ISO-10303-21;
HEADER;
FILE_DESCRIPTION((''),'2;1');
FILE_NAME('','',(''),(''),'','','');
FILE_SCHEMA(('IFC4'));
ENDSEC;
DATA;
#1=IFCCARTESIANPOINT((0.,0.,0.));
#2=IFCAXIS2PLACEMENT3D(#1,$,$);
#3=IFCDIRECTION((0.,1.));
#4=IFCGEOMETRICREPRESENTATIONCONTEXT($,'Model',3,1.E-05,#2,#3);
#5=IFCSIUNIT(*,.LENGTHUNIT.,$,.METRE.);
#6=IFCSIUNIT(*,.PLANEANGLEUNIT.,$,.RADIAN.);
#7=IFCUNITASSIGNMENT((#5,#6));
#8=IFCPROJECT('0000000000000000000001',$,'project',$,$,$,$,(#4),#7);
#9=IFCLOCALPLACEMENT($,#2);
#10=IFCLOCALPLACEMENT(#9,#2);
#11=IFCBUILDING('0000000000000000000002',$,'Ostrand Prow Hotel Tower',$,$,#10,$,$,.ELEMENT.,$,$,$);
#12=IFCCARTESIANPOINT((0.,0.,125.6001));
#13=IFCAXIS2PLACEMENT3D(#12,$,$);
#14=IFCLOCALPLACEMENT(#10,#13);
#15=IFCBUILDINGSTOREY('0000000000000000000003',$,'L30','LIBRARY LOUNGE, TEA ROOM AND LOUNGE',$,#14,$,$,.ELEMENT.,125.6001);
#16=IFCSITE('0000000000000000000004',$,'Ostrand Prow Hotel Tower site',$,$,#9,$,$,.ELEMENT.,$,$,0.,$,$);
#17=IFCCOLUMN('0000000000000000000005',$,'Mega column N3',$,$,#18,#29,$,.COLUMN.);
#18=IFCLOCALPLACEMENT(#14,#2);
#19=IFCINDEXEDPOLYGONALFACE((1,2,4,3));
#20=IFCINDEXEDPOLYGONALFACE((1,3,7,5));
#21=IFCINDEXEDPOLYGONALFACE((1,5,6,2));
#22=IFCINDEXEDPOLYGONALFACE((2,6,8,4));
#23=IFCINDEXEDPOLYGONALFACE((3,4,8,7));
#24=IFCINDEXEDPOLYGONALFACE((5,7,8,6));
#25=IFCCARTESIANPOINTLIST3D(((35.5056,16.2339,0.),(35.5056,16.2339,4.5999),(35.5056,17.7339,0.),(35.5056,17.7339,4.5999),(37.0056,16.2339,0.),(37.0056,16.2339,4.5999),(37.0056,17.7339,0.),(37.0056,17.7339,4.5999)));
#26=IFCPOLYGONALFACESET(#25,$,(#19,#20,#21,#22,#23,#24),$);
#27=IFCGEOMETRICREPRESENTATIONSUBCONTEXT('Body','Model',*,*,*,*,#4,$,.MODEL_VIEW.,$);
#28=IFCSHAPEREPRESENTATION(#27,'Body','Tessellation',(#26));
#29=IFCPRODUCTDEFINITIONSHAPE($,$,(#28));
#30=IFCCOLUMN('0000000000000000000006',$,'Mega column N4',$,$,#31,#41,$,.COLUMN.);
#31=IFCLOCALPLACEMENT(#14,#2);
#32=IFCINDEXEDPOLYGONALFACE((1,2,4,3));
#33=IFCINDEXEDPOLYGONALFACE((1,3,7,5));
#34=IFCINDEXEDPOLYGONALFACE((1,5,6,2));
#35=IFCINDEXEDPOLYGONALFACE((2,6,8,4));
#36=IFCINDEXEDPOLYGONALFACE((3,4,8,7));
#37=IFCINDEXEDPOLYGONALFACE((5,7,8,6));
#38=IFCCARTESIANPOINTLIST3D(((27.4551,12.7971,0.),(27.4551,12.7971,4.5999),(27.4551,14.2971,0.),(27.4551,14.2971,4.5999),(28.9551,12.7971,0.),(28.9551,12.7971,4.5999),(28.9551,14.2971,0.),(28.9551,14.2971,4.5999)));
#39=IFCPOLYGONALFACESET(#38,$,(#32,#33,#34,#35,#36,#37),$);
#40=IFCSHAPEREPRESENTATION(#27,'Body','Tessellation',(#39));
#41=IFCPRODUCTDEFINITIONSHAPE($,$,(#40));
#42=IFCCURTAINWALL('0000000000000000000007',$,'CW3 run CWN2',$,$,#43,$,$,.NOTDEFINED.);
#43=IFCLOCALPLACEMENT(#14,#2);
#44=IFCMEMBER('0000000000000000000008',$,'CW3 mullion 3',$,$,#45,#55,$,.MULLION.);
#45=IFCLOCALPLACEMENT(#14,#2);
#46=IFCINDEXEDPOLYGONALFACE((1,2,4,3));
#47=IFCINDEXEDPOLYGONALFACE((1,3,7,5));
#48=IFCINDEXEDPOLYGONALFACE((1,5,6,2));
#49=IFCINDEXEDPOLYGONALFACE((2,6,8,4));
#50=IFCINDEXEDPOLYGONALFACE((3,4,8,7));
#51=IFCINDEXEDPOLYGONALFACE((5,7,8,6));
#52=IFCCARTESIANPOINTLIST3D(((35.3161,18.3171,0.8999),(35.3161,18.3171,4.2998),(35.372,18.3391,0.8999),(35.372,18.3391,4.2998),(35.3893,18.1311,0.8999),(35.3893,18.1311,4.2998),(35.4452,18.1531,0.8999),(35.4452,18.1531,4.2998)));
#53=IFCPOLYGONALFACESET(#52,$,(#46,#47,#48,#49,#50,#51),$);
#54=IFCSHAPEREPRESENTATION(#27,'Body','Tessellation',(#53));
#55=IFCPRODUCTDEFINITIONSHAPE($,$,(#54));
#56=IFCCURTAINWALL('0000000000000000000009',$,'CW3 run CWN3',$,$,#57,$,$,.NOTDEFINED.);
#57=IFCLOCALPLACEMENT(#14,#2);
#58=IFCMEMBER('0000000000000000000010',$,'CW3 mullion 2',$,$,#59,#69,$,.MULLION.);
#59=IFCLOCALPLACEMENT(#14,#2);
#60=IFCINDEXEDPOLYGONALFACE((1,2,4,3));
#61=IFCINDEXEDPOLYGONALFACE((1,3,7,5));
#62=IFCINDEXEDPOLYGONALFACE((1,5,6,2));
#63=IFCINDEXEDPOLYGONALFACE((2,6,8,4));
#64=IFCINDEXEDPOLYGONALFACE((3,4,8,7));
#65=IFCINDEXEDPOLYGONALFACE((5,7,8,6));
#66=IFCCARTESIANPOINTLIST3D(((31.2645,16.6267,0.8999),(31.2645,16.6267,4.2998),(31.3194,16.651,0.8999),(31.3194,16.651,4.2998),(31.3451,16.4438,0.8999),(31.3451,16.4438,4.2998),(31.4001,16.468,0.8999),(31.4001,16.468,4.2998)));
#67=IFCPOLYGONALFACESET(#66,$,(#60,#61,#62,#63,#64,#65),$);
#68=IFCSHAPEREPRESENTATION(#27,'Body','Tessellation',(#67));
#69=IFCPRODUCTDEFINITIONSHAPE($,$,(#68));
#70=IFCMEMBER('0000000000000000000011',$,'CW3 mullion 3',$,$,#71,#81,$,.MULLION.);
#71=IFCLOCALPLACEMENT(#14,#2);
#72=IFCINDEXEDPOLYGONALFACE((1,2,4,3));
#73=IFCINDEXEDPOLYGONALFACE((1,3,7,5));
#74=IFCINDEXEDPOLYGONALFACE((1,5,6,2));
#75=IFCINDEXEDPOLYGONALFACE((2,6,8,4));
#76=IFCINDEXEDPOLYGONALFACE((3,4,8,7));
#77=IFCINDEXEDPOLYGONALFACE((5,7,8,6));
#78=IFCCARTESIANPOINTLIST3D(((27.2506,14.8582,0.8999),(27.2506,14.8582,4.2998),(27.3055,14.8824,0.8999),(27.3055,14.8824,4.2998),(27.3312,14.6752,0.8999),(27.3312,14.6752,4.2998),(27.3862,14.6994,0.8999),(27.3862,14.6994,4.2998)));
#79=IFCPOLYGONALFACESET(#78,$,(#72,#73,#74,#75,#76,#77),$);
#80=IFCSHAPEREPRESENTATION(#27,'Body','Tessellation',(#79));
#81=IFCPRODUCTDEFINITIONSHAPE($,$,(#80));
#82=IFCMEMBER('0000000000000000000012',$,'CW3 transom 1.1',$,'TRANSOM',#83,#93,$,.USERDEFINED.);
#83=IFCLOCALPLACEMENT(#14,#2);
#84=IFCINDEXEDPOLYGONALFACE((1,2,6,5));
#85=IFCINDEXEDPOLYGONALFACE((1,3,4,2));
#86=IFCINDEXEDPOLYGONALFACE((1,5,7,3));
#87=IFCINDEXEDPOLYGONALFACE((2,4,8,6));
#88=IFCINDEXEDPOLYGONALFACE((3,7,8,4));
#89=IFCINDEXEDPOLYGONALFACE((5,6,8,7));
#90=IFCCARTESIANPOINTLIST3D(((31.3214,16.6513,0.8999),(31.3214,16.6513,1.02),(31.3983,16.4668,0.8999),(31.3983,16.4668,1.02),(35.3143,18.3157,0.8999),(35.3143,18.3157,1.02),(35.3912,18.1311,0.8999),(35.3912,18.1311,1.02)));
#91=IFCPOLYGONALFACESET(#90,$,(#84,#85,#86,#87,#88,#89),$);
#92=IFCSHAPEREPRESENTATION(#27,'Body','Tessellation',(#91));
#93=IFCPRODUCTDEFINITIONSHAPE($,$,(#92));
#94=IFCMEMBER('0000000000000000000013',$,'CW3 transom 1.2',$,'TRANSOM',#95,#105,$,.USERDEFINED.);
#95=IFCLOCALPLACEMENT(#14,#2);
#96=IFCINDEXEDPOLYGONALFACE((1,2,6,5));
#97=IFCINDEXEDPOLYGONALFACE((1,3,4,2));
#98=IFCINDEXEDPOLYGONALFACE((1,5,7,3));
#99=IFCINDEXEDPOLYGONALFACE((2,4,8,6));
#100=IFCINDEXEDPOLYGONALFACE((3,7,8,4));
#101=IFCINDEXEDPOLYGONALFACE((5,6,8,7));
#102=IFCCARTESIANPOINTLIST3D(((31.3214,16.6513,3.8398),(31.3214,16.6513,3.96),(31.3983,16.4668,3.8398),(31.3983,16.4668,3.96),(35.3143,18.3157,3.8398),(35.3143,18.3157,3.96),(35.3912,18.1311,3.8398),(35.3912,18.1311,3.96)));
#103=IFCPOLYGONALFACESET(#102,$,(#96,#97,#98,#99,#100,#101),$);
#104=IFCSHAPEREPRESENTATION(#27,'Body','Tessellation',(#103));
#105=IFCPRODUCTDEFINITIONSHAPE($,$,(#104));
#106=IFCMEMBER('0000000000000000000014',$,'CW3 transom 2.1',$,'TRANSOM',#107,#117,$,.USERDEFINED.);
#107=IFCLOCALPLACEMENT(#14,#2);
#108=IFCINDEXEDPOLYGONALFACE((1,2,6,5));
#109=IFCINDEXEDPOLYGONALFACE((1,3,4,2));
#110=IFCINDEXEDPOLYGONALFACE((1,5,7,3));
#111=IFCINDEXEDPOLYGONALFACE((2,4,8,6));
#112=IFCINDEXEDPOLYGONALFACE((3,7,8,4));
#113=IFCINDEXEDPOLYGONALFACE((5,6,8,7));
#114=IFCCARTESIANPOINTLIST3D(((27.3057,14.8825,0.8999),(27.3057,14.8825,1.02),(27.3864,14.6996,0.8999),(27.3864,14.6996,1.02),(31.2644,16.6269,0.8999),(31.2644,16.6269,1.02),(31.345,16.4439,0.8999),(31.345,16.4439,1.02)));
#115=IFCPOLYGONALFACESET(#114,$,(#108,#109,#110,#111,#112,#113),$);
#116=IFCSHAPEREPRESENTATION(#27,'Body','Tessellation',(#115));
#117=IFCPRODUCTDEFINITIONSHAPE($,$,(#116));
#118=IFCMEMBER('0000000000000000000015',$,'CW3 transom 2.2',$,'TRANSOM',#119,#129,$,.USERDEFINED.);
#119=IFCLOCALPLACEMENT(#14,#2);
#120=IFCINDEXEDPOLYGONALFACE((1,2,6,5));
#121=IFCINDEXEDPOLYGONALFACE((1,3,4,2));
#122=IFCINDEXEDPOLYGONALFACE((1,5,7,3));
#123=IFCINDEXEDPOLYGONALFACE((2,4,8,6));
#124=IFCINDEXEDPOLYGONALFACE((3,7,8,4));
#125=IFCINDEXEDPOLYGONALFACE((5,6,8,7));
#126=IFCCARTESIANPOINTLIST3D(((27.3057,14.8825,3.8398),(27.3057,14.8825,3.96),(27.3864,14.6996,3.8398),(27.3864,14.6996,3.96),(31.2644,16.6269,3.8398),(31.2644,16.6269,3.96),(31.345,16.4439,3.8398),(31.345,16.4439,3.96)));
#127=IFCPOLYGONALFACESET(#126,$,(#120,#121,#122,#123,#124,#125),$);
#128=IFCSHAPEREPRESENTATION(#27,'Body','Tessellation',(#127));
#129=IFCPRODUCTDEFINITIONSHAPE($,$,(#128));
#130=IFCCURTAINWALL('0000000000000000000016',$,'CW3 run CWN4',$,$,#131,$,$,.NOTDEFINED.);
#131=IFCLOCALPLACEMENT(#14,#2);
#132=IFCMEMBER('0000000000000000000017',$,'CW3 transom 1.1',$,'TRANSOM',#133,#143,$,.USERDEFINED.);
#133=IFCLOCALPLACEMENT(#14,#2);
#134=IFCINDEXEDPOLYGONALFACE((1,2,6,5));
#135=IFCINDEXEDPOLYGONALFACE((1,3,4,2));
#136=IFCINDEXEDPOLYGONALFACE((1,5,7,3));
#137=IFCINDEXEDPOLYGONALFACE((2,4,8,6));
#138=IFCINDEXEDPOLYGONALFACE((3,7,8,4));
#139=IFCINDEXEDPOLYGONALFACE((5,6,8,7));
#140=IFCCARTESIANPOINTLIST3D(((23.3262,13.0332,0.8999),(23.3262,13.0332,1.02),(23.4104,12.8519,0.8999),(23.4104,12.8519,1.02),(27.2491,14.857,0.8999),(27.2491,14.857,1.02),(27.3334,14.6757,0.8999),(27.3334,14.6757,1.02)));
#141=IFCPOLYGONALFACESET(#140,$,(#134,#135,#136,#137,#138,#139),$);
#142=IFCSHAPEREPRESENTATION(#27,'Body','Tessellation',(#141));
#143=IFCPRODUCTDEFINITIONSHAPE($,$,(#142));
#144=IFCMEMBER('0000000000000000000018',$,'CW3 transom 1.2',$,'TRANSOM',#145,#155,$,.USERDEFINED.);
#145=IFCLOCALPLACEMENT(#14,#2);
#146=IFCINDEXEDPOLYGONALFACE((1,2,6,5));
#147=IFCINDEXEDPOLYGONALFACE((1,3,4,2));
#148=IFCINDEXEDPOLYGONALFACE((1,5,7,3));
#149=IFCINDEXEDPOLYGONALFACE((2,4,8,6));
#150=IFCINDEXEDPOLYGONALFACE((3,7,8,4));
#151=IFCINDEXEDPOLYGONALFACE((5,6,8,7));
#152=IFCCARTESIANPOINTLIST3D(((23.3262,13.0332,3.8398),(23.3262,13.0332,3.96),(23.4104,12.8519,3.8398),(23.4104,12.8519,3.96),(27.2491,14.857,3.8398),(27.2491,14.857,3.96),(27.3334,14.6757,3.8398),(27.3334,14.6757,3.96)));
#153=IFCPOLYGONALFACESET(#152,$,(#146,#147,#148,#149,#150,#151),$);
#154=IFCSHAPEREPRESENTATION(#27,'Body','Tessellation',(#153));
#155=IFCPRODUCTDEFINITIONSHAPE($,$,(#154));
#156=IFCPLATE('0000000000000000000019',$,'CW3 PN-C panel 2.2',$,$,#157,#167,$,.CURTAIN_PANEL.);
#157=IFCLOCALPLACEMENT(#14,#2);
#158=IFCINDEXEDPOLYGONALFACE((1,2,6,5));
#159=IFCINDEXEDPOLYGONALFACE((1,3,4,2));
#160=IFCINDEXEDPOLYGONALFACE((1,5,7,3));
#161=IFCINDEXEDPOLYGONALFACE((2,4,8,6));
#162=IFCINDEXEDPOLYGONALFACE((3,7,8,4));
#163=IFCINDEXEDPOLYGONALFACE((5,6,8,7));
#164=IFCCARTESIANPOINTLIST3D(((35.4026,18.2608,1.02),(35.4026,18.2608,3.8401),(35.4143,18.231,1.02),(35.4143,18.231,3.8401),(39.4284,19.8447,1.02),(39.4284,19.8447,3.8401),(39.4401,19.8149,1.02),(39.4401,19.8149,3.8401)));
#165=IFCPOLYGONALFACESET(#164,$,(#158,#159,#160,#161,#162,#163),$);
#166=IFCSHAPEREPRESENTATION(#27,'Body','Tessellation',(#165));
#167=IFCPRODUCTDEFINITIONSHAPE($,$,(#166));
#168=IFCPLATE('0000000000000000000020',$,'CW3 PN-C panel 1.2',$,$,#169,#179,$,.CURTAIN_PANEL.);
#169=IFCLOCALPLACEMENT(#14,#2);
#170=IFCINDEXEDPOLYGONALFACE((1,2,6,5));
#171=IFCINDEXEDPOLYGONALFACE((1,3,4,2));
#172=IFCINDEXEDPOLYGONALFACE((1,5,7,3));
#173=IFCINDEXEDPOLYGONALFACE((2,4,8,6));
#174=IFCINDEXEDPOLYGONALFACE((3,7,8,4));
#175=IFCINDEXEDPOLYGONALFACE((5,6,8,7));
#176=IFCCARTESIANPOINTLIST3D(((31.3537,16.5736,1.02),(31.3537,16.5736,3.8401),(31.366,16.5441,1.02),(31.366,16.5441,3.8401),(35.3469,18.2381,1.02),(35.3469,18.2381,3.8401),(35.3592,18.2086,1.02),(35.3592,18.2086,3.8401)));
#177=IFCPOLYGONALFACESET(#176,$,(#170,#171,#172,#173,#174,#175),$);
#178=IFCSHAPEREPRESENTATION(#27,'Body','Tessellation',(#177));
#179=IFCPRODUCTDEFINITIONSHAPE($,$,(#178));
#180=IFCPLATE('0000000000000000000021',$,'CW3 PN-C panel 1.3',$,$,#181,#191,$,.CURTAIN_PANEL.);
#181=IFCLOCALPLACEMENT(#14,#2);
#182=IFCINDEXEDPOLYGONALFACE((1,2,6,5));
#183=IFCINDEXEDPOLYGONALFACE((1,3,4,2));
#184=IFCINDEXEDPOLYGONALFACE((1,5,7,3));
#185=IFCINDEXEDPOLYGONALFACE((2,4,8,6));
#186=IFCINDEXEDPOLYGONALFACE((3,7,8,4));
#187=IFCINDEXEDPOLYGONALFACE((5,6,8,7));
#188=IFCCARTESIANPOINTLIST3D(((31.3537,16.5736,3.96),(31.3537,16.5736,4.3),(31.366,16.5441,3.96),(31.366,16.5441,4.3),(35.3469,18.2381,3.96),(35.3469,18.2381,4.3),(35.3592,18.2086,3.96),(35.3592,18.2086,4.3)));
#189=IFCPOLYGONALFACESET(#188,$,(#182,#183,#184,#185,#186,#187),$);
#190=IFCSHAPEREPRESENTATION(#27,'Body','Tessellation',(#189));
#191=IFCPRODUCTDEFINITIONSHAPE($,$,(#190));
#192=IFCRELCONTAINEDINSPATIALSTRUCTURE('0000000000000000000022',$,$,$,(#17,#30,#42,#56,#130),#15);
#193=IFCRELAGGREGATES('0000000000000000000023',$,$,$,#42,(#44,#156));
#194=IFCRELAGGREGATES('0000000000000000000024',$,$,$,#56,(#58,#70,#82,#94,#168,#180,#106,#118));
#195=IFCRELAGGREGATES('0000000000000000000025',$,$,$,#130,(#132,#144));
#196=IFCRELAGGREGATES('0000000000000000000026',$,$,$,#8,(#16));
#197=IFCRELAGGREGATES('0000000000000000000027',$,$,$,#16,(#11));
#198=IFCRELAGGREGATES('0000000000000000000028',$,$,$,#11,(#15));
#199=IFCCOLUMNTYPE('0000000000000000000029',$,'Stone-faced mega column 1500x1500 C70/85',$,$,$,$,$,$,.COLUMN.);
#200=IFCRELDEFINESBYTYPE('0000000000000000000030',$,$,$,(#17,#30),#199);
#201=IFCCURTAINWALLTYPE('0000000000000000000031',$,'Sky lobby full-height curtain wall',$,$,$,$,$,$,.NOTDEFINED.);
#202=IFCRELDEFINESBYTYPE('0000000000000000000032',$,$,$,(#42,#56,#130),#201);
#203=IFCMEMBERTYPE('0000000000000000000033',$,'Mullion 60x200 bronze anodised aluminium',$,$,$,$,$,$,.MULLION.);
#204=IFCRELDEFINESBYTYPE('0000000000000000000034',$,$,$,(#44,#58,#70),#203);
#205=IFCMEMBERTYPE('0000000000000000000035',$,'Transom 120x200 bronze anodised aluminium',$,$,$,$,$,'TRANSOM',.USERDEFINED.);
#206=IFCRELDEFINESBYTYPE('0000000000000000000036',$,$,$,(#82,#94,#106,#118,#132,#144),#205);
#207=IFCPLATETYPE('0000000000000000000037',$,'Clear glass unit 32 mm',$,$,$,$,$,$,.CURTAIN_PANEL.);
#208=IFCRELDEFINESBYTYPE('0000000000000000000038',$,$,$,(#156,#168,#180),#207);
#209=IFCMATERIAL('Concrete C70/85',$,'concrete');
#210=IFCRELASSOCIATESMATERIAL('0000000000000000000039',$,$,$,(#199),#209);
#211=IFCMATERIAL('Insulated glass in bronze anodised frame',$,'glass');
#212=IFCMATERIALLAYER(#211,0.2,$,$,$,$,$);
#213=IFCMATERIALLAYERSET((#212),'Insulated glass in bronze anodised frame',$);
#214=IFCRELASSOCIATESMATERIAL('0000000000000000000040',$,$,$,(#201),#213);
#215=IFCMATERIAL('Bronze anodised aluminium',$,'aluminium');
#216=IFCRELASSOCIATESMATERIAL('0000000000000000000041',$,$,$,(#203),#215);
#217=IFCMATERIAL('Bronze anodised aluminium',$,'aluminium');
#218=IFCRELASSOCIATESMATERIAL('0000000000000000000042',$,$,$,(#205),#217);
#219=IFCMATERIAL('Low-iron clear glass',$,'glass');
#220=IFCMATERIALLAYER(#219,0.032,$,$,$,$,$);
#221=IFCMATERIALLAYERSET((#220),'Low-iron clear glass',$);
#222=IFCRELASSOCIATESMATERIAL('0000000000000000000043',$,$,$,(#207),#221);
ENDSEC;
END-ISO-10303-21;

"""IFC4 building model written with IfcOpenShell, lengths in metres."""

from ifc_helpers import new_model, si_unit, direction, frame, origin, origin_2d, place, context, subcontext, project, spatial, rectangle, extrude, material, layer, layer_set, material_profile, profile_set, type_object, element, aggregate, save


model = new_model("IFC4")

# Units and contexts
model_context = context("Model", 3, precision=1e-05, world=origin(), true_north=direction((0.0, 1.0)))
body_context = subcontext(model_context, "Body", "Model", "MODEL_VIEW")
ifc_project = project(units=[si_unit("LENGTHUNIT", "METRE"), si_unit("PLANEANGLEUNIT", "RADIAN")], contexts=[model_context])

# Site, building, storey
site_placement = place(None, origin())
site = spatial("IfcSite", under=ifc_project, at=site_placement, Name="Ostrand Prow Hotel Tower site", CompositionType="ELEMENT", RefElevation=0.0)
building_placement = place(site_placement, origin())
building = spatial("IfcBuilding", under=site, at=building_placement, Name="Ostrand Prow Hotel Tower", CompositionType="ELEMENT")
storey_placement = place(building_placement, frame((0.0, 0.0, 125.6001)))
storey = spatial("IfcBuildingStorey", under=building, at=storey_placement, Name="L30", Description="LIBRARY LOUNGE, TEA ROOM AND LOUNGE", CompositionType="ELEMENT", Elevation=125.6001)

# Columns
ifc_material_1 = material(Name="Concrete C70/85", Category="concrete")
ifc_material_profile_1 = material_profile(ifc_material_1, rectangle(XDim=1.5, YDim=1.5, at=origin_2d()), Name="RC 1500x1500")
ifc_profile_set_1 = profile_set([ifc_material_profile_1], Name="Concrete C70/85")
column_type = type_object("IfcColumnType", Name="Stone-faced mega column 1500x1500 C70/85", PredefinedType="COLUMN", material=ifc_profile_set_1)
for number, where, z_axis, x_axis, name in (
    (1, (36.2556, 16.9839, 0.0), (0.0, 0.0, 1.0), (1.0, 0.0, 0.0), "Mega column N3"),
    (2, (28.2051, 13.5471, 0.0), (0.0, 0.0, 1.0), (1.0, 0.0, 0.0), "Mega column N4"),
):
    element("IfcColumn", number, at=place(storey_placement, frame(where, z_axis=z_axis, x_axis=x_axis)), inside=storey, type_object=column_type, Name=name, PredefinedType="COLUMN", context=body_context, shape_type="SweptSolid", body=[
        extrude(rectangle(XDim=1.5, YDim=1.5, at=origin_2d()), origin(), (0.0, 0.0, 1.0), 4.5999),
    ])

# Curtain wall, member
ifc_material_2 = material(Name="Insulated glass in bronze anodised frame", Category="glass")
ifc_layer_1 = layer(ifc_material_2, 0.2)
ifc_layer_set_1 = layer_set([ifc_layer_1], Name="Insulated glass in bronze anodised frame")
curtain_wall_type = type_object("IfcCurtainWallType", Name="Sky lobby full-height curtain wall", PredefinedType="NOTDEFINED", material=ifc_layer_set_1)
curtain_wall_1_placement = place(storey_placement, origin())
curtain_wall_1 = element("IfcCurtainWall", 3, at=curtain_wall_1_placement, inside=storey, type_object=curtain_wall_type, Name="CW3 run CWN2", PredefinedType="NOTDEFINED")
ifc_material_3 = material(Name="Bronze anodised aluminium", Category="aluminium")
ifc_material_profile_2 = material_profile(ifc_material_3, rectangle(XDim=0.2, YDim=0.0601, at=origin_2d()), Name="Mullion 60x200 bronze anodised aluminium")
ifc_profile_set_2 = profile_set([ifc_material_profile_2], Name="Bronze anodised aluminium")
member_type_1 = type_object("IfcMemberType", Name="Mullion 60x200 bronze anodised aluminium", PredefinedType="MULLION", material=ifc_profile_set_2)
member_1_placement = place(storey_placement, frame((35.3806, 18.2351, 0.8999), z_axis=(0.0, 0.0, 1.0), x_axis=(0.366116, -0.930569, 0.0)))
member_1 = element("IfcMember", 4, at=member_1_placement, type_object=member_type_1, Name="CW3 mullion 3", PredefinedType="MULLION", context=body_context, shape_type="SweptSolid", body=[
    extrude(rectangle(XDim=0.2, YDim=0.0601, at=origin_2d()), origin(), (0.0, 0.0, 1.0), 3.3999),
])

# Curtain walls, members
curtain_wall_2_placement = place(storey_placement, origin())
curtain_wall_2 = element("IfcCurtainWall", 5, at=curtain_wall_2_placement, inside=storey, type_object=curtain_wall_type, Name="CW3 run CWN3", PredefinedType="NOTDEFINED")
member_2_placement = place(storey_placement, frame((31.3323, 16.5474, 0.8999), z_axis=(0.0, 0.0, 1.0), x_axis=(0.403213, -0.915106, 0.0)))
member_2 = element("IfcMember", 6, at=member_2_placement, type_object=member_type_1, Name="CW3 mullion 2", PredefinedType="MULLION", context=body_context, shape_type="SweptSolid", body=[
    extrude(rectangle(XDim=0.2, YDim=0.0601, at=origin_2d()), origin(), (0.0, 0.0, 1.0), 3.3999),
])
member_3_placement = place(storey_placement, frame((27.3184, 14.7788, 0.8999), z_axis=(0.0, 0.0, 1.0), x_axis=(0.403213, -0.915106, 0.0)))
member_3 = element("IfcMember", 7, at=member_3_placement, type_object=member_type_1, Name="CW3 mullion 3", PredefinedType="MULLION", context=body_context, shape_type="SweptSolid", body=[
    extrude(rectangle(XDim=0.2, YDim=0.0601, at=origin_2d()), origin(), (0.0, 0.0, 1.0), 3.3999),
])
ifc_material_4 = material(Name="Bronze anodised aluminium", Category="aluminium")
ifc_material_profile_3 = material_profile(ifc_material_4, rectangle(XDim=0.2, YDim=0.1201, at=origin_2d()), Name="Transom 120x200 bronze anodised aluminium")
ifc_profile_set_3 = profile_set([ifc_material_profile_3], Name="Bronze anodised aluminium")
member_type_2 = type_object("IfcMemberType", Name="Transom 120x200 bronze anodised aluminium", ElementType="TRANSOM", PredefinedType="USERDEFINED", material=ifc_profile_set_3)
member_4_placement = place(storey_placement, frame((35.3528, 18.2234, 0.96), z_axis=(-0.923028, -0.384732, 0.0), x_axis=(0.384732, -0.923028, 0.0)))
member_4 = element("IfcMember", 8, at=member_4_placement, type_object=member_type_2, Name="CW3 transom 1.1", ObjectType="TRANSOM", PredefinedType="USERDEFINED", context=body_context, shape_type="SweptSolid", body=[
    extrude(rectangle(XDim=0.2, YDim=0.1201, at=origin_2d()), origin(), (0.0, 0.0, 1.0), 4.3259),
])
member_5_placement = place(storey_placement, frame((35.3528, 18.2234, 3.8999), z_axis=(-0.923028, -0.384732, 0.0), x_axis=(0.384732, -0.923028, 0.0)))
member_5 = element("IfcMember", 9, at=member_5_placement, type_object=member_type_2, Name="CW3 transom 1.2", ObjectType="TRANSOM", PredefinedType="USERDEFINED", context=body_context, shape_type="SweptSolid", body=[
    extrude(rectangle(XDim=0.2, YDim=0.1201, at=origin_2d()), origin(), (0.0, 0.0, 1.0), 4.3259),
])
member_6_placement = place(storey_placement, frame((31.3047, 16.5354, 0.96), z_axis=(-0.915099, -0.40323, 0.0), x_axis=(0.40323, -0.915099, 0.0)))
member_6 = element("IfcMember", 10, at=member_6_placement, type_object=member_type_2, Name="CW3 transom 2.1", ObjectType="TRANSOM", PredefinedType="USERDEFINED", context=body_context, shape_type="SweptSolid", body=[
    extrude(rectangle(XDim=0.2, YDim=0.1201, at=origin_2d()), origin(), (0.0, 0.0, 1.0), 4.3259),
])
member_7_placement = place(storey_placement, frame((31.3047, 16.5354, 3.8999), z_axis=(-0.915099, -0.40323, 0.0), x_axis=(0.40323, -0.915099, 0.0)))
member_7 = element("IfcMember", 11, at=member_7_placement, type_object=member_type_2, Name="CW3 transom 2.2", ObjectType="TRANSOM", PredefinedType="USERDEFINED", context=body_context, shape_type="SweptSolid", body=[
    extrude(rectangle(XDim=0.2, YDim=0.1201, at=origin_2d()), origin(), (0.0, 0.0, 1.0), 4.3259),
])
curtain_wall_3_placement = place(storey_placement, origin())
curtain_wall_3 = element("IfcCurtainWall", 12, at=curtain_wall_3_placement, inside=storey, type_object=curtain_wall_type, Name="CW3 run CWN4", PredefinedType="NOTDEFINED")
member_8_placement = place(storey_placement, frame((27.2913, 14.7664, 0.96), z_axis=(-0.906796, -0.421569, 0.0), x_axis=(0.421569, -0.906796, 0.0)))
member_8 = element("IfcMember", 13, at=member_8_placement, type_object=member_type_2, Name="CW3 transom 1.1", ObjectType="TRANSOM", PredefinedType="USERDEFINED", context=body_context, shape_type="SweptSolid", body=[
    extrude(rectangle(XDim=0.2, YDim=0.1201, at=origin_2d()), origin(), (0.0, 0.0, 1.0), 4.3262),
])
member_9_placement = place(storey_placement, frame((27.2913, 14.7664, 3.8999), z_axis=(-0.906796, -0.421569, 0.0), x_axis=(0.421569, -0.906796, 0.0)))
member_9 = element("IfcMember", 14, at=member_9_placement, type_object=member_type_2, Name="CW3 transom 1.2", ObjectType="TRANSOM", PredefinedType="USERDEFINED", context=body_context, shape_type="SweptSolid", body=[
    extrude(rectangle(XDim=0.2, YDim=0.1201, at=origin_2d()), origin(), (0.0, 0.0, 1.0), 4.3262),
])

# Plates
ifc_material_5 = material(Name="Low-iron clear glass", Category="glass")
ifc_layer_2 = layer(ifc_material_5, 0.032)
ifc_layer_set_2 = layer_set([ifc_layer_2], Name="Low-iron clear glass")
plate_type_1 = type_object("IfcPlateType", Name="Clear glass unit 32 mm", PredefinedType="CURTAIN_PANEL", material=ifc_layer_set_2)
plate_1_placement = place(storey_placement, frame((37.4214, 19.0378, 1.02), z_axis=(0.0, 0.0, 1.0), x_axis=(-0.930569, -0.366116, 0.0)))
plate_1 = element("IfcPlate", 15, at=plate_1_placement, type_object=plate_type_1, Name="CW3 PN-C panel 2.2", PredefinedType="CURTAIN_PANEL", context=body_context, shape_type="SweptSolid", body=[
    extrude(rectangle(XDim=4.3262, YDim=0.032, at=origin_2d()), origin(), (0.0, 0.0, 1.0), 2.8201),
])
plate_2_placement = place(storey_placement, frame((33.3564, 17.3911, 1.02), z_axis=(0.0, 0.0, 1.0), x_axis=(-0.923024, -0.384743, 0.0)))
plate_2 = element("IfcPlate", 16, at=plate_2_placement, type_object=plate_type_1, Name="CW3 PN-C panel 1.2", PredefinedType="CURTAIN_PANEL", context=body_context, shape_type="SweptSolid", body=[
    extrude(rectangle(XDim=4.3262, YDim=0.032, at=origin_2d()), origin(), (0.0, 0.0, 1.0), 2.8201),
])
plate_3_placement = place(storey_placement, frame((33.3564, 17.3911, 3.96), z_axis=(0.0, 0.0, 1.0), x_axis=(-0.923024, -0.384743, 0.0)))
plate_3 = element("IfcPlate", 17, at=plate_3_placement, type_object=plate_type_1, Name="CW3 PN-C panel 1.3", PredefinedType="CURTAIN_PANEL", context=body_context, shape_type="SweptSolid", body=[
    extrude(rectangle(XDim=4.3262, YDim=0.032, at=origin_2d()), origin(), (0.0, 0.0, 1.0), 0.3401),
])
aggregate(curtain_wall_1, [member_1, plate_1])
aggregate(curtain_wall_2, [member_2, member_3, member_4, member_5, plate_2, plate_3, member_6, member_7])
aggregate(curtain_wall_3, [member_8, member_9])

save(model, "model.ifc")
